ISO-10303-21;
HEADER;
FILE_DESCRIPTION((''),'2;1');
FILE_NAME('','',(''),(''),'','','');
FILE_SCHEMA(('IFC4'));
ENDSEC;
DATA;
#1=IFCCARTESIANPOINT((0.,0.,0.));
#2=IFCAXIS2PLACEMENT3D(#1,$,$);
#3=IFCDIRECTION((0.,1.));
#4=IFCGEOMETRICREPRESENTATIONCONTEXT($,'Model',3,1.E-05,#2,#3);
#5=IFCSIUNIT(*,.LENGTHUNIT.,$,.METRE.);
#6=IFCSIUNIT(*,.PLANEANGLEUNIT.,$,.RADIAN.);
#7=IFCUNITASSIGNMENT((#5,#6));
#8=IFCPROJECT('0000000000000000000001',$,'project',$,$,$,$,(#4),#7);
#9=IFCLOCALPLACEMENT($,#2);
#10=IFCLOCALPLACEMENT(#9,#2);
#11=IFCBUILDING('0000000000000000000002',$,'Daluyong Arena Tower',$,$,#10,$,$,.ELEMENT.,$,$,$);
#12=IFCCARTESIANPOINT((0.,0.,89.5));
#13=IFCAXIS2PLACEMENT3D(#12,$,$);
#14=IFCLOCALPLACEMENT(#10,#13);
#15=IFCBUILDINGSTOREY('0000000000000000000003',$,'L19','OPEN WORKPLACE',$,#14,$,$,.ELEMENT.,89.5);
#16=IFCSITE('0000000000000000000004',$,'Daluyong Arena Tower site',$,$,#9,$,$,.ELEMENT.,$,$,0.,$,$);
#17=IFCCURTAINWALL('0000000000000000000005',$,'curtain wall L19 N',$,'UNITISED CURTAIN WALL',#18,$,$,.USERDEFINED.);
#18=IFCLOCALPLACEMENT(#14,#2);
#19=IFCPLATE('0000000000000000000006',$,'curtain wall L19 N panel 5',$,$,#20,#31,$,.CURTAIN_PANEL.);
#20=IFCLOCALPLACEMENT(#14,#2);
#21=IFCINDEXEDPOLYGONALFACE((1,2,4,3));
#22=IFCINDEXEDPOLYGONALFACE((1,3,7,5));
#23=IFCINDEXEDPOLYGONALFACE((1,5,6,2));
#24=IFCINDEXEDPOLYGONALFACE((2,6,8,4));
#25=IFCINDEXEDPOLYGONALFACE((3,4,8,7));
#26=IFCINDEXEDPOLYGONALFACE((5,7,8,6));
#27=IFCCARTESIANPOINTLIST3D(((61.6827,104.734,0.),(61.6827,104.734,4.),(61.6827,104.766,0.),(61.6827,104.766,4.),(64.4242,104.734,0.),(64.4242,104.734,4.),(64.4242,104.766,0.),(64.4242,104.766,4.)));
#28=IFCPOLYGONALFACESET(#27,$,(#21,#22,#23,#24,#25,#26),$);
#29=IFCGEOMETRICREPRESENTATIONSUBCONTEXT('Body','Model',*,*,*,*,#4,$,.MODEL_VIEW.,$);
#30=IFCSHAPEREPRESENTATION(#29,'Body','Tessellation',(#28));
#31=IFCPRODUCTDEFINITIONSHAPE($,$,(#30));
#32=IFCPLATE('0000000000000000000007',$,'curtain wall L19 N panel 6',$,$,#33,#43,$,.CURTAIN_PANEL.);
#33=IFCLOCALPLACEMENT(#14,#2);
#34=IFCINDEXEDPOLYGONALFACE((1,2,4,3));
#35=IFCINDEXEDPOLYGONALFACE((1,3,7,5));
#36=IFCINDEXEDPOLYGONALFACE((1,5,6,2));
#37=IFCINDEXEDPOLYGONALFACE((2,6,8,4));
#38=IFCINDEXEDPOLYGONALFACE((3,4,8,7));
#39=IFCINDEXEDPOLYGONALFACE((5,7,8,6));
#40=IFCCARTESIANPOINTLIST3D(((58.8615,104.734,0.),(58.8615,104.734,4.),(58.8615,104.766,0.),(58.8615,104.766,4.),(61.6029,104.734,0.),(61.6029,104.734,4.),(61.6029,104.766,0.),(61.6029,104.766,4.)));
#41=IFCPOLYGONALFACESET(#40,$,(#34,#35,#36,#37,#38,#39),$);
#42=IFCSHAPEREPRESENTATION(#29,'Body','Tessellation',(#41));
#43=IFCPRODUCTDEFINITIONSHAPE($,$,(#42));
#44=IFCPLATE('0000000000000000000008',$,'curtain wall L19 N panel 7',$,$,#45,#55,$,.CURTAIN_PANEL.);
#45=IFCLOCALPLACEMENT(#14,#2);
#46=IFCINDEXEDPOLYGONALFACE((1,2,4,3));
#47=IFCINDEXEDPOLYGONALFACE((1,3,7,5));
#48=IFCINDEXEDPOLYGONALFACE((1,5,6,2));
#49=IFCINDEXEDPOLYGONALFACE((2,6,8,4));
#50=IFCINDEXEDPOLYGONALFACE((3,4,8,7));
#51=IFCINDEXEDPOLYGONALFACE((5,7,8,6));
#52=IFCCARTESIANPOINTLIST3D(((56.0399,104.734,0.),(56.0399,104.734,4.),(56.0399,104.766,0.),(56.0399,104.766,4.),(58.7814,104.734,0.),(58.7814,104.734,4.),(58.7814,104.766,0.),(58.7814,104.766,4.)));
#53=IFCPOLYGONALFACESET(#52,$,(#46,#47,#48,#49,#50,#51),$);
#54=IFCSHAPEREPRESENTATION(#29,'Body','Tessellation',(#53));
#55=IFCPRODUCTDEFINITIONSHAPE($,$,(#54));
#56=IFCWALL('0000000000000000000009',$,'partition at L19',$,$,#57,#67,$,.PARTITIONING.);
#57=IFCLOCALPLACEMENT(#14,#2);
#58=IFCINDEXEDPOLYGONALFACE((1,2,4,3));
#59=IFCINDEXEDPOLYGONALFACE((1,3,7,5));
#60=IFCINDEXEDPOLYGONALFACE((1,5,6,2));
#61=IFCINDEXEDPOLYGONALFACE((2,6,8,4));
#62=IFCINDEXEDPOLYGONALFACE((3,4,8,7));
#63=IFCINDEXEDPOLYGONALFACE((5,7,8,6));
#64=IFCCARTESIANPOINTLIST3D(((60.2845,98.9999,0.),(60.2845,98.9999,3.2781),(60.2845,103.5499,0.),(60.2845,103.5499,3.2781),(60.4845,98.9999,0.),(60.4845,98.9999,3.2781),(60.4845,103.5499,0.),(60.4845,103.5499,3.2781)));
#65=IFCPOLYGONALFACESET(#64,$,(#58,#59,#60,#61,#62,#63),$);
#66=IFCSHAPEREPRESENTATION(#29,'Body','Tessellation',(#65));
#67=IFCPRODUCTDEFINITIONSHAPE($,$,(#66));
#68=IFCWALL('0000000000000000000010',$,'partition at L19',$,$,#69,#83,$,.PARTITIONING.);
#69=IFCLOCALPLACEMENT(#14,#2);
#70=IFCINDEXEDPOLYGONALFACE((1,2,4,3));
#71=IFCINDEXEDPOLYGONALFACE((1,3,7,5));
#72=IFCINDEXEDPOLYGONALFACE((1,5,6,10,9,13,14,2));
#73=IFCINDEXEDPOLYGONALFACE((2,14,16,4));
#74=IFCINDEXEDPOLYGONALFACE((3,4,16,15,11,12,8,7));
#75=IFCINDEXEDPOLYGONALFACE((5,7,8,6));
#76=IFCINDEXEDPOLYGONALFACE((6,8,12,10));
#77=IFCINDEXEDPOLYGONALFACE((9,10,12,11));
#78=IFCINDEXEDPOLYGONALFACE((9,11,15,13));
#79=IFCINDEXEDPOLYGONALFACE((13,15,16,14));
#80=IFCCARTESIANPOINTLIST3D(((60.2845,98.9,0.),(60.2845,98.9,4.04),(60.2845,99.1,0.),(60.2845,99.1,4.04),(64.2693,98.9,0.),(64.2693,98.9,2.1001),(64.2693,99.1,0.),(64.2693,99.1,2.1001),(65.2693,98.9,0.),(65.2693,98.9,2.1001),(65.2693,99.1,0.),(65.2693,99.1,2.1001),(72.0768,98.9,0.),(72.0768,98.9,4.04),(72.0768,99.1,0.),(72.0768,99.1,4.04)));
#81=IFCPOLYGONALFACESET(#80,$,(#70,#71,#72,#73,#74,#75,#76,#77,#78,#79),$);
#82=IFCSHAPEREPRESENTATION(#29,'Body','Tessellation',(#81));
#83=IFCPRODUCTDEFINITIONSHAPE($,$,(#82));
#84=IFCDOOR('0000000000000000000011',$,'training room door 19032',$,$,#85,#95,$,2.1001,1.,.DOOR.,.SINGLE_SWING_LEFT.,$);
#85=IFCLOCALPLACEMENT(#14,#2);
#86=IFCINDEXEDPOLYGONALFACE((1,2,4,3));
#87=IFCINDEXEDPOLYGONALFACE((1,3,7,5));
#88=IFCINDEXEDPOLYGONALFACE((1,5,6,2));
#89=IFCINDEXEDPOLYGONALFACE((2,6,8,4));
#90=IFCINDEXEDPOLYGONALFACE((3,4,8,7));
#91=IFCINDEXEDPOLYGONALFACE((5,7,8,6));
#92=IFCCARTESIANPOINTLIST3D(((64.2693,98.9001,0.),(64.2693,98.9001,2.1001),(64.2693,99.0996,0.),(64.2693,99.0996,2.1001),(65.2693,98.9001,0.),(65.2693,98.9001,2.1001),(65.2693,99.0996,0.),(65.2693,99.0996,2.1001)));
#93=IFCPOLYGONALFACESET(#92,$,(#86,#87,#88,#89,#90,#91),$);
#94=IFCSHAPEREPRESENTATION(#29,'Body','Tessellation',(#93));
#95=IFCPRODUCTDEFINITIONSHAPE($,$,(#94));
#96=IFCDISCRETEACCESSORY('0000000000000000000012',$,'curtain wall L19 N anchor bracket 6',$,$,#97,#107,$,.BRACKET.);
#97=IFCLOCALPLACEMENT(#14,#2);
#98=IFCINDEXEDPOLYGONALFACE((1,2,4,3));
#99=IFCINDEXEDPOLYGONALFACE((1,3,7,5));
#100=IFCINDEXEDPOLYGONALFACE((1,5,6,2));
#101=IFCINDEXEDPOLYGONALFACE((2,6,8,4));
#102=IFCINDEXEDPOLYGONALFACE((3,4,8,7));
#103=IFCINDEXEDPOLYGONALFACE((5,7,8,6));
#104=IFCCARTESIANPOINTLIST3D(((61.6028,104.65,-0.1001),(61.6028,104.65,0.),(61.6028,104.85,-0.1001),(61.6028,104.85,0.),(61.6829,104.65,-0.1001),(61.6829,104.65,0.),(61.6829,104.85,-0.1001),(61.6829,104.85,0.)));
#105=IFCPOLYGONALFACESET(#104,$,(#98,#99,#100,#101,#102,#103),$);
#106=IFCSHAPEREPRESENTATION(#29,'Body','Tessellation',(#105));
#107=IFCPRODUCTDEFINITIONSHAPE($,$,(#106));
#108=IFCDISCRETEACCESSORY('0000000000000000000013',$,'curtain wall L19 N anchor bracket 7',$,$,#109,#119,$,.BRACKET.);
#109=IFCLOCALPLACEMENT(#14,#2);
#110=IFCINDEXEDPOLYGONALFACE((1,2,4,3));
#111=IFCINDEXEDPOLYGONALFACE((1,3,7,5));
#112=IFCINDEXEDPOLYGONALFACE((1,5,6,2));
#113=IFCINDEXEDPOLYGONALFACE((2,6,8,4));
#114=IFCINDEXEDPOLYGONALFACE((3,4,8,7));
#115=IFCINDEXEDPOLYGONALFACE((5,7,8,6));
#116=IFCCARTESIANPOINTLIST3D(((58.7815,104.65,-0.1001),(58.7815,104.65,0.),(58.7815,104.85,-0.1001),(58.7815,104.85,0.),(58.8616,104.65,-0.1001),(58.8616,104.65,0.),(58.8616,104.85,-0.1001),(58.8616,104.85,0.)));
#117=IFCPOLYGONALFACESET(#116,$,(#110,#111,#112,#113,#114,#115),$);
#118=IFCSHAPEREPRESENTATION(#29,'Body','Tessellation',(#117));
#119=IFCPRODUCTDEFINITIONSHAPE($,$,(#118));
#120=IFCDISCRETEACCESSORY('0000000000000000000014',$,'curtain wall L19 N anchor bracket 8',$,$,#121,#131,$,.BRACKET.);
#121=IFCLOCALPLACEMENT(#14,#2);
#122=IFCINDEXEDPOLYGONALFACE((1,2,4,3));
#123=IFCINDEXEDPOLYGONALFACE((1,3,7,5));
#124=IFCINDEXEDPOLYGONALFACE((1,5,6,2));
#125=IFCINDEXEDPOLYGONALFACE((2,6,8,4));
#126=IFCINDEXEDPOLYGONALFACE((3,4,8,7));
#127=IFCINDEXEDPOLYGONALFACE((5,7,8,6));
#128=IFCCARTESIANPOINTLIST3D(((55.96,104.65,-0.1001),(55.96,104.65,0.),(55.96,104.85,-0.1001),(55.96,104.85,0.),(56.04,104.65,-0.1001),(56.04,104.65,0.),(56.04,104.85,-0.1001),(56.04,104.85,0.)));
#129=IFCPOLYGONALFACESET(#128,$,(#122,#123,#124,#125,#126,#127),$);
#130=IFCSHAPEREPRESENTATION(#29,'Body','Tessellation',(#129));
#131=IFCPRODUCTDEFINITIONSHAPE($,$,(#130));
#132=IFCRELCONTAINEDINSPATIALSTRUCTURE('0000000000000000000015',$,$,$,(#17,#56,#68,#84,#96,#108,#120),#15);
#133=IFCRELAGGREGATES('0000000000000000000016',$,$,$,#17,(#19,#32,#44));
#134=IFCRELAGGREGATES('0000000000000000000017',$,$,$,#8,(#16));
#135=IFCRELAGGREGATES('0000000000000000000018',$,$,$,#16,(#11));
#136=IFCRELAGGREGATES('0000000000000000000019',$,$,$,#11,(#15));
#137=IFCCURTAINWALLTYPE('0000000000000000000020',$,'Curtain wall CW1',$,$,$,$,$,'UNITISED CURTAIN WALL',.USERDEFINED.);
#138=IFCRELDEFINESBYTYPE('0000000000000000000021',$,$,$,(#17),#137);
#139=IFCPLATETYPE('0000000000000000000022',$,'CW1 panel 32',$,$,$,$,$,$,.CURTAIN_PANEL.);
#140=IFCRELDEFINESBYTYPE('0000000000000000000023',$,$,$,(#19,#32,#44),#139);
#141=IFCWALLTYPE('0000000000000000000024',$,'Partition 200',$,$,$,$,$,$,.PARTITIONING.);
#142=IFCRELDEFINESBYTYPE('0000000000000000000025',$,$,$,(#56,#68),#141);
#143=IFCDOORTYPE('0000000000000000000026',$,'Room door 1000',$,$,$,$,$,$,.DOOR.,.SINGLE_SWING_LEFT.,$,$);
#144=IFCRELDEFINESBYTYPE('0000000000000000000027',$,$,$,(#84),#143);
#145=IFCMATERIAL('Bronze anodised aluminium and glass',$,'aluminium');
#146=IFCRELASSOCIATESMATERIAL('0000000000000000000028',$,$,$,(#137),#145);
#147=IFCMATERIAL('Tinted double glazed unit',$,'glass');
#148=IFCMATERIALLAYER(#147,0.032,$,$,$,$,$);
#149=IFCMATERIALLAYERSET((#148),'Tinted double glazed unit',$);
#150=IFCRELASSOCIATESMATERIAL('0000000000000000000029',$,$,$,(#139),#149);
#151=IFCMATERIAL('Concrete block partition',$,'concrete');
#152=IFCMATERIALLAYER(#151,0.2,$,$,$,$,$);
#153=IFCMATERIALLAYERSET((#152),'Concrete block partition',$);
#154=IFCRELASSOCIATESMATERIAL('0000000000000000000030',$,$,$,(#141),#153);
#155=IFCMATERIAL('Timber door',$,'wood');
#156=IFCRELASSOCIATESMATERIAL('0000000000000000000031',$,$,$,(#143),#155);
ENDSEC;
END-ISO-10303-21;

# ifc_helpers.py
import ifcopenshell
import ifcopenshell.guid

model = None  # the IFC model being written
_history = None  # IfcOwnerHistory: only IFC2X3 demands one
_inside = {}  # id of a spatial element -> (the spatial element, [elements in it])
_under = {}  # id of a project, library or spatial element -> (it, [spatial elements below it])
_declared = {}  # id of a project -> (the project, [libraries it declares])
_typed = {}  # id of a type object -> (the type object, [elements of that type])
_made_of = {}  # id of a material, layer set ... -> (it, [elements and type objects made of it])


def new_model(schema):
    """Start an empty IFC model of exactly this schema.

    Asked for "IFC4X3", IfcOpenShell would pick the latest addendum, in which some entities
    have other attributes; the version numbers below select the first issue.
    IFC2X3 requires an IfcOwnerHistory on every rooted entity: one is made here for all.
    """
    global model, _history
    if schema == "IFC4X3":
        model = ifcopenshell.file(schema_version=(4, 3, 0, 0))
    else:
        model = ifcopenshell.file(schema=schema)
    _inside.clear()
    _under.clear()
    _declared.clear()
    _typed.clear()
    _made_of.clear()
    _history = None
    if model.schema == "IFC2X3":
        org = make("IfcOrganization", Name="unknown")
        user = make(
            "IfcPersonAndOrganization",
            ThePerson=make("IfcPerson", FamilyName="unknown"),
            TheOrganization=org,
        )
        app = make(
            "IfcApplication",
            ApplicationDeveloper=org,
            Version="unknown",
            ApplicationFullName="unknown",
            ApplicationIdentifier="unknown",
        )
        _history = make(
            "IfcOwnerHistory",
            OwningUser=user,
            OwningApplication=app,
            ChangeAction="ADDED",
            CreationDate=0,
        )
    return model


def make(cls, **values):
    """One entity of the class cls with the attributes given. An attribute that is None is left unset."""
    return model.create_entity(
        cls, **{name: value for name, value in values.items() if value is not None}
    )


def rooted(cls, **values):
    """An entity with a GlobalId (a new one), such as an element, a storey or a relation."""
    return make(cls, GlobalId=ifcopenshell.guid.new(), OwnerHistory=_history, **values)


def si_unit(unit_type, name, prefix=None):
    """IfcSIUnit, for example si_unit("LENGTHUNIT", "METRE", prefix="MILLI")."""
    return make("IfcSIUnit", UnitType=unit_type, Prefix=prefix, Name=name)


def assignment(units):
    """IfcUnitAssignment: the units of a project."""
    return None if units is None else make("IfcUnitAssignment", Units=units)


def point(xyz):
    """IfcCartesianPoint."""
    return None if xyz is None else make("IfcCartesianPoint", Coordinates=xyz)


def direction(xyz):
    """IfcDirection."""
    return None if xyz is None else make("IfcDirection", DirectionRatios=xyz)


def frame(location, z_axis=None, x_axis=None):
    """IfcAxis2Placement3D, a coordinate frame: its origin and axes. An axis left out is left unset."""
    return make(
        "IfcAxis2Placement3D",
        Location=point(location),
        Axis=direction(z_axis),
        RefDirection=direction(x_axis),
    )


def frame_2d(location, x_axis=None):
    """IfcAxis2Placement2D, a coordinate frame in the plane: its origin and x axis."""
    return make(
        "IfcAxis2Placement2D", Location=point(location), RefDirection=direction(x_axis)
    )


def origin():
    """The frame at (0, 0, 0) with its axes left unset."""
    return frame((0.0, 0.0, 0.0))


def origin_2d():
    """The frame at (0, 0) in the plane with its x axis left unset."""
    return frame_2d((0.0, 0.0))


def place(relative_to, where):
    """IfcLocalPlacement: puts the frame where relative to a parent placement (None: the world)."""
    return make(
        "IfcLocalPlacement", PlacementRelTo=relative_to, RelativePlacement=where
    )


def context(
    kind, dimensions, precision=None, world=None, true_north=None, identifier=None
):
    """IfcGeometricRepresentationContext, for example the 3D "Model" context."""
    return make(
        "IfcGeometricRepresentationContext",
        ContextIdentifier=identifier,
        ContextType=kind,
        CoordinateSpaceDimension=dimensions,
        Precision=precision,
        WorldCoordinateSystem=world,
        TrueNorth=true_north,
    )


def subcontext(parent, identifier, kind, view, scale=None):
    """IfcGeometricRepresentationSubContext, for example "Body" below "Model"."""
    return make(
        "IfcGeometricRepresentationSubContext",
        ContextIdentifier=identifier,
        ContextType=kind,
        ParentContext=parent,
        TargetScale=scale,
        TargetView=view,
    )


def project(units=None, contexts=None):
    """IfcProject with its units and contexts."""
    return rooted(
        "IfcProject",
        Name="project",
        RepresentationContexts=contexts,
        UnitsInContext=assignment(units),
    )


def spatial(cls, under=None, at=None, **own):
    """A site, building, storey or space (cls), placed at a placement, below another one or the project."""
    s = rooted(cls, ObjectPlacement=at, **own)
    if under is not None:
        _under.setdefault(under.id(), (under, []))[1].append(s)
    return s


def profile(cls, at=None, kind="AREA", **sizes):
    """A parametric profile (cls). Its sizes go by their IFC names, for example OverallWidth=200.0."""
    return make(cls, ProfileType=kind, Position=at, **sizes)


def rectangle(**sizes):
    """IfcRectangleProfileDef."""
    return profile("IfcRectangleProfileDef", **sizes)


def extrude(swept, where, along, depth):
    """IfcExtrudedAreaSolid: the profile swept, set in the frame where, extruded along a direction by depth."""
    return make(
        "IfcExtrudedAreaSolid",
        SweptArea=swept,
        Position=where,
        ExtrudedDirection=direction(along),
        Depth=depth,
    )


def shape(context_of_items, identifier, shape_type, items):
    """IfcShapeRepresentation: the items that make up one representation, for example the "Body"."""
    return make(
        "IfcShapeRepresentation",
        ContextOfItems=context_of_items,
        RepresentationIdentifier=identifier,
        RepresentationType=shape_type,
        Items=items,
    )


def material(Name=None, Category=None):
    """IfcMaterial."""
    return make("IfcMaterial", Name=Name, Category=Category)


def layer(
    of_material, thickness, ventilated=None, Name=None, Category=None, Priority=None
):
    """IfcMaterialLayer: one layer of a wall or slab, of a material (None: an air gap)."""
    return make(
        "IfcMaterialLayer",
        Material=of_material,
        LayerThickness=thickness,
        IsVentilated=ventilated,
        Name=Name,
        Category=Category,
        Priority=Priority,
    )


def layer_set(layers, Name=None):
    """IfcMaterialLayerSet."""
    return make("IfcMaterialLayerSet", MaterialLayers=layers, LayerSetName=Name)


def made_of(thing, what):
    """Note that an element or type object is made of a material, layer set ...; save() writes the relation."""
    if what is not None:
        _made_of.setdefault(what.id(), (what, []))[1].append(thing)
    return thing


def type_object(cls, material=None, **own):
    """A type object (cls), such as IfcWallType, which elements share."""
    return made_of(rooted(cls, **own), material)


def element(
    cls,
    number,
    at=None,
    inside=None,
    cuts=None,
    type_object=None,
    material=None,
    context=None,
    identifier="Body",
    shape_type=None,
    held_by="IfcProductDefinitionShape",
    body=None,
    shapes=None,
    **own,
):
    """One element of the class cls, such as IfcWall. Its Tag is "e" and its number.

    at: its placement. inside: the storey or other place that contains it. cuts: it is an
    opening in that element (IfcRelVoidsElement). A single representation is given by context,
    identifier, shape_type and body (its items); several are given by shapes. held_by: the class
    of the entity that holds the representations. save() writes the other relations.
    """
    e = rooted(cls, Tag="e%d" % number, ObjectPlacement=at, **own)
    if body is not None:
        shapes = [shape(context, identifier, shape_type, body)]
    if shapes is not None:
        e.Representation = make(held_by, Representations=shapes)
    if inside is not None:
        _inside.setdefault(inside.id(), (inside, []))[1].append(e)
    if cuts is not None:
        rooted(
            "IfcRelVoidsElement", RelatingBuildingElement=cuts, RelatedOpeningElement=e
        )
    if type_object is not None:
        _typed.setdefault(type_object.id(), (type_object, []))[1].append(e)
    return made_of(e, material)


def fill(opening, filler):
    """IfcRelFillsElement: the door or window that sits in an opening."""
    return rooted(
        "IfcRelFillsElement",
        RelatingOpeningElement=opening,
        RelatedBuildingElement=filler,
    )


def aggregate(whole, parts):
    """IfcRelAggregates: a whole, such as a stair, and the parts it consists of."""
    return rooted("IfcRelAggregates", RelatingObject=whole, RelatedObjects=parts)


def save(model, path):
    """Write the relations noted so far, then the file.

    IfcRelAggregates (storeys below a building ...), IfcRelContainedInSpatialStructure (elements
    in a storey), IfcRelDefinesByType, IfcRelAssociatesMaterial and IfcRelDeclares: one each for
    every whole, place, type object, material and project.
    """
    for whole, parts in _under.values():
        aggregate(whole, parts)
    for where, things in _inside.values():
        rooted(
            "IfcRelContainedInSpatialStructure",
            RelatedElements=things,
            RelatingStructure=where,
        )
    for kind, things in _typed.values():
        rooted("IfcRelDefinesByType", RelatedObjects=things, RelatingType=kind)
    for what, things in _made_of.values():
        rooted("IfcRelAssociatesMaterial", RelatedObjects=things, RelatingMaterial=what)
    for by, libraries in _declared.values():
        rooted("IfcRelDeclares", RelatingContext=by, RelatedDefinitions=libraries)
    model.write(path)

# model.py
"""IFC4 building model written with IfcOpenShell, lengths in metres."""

from ifc_helpers import new_model, si_unit, direction, frame, frame_2d, origin, origin_2d, place, context, subcontext, project, spatial, rectangle, extrude, material, layer, layer_set, type_object, element, fill, aggregate, save


model = new_model("IFC4")

# Units and contexts
model_context = context("Model", 3, precision=1e-05, world=origin(), true_north=direction((0.0, 1.0)))
body_context = subcontext(model_context, "Body", "Model", "MODEL_VIEW")
ifc_project = project(units=[si_unit("LENGTHUNIT", "METRE"), si_unit("PLANEANGLEUNIT", "RADIAN")], contexts=[model_context])

# Site, building, storey
site_placement = place(None, origin())
site = spatial("IfcSite", under=ifc_project, at=site_placement, Name="Daluyong Arena Tower site", CompositionType="ELEMENT", RefElevation=0.0)
building_placement = place(site_placement, origin())
building = spatial("IfcBuilding", under=site, at=building_placement, Name="Daluyong Arena Tower", CompositionType="ELEMENT")
storey_placement = place(building_placement, frame((0.0, 0.0, 89.5)))
storey = spatial("IfcBuildingStorey", under=building, at=storey_placement, Name="L19", Description="OPEN WORKPLACE", CompositionType="ELEMENT", Elevation=89.5)

# Curtain wall
ifc_material_1 = material(Name="Bronze anodised aluminium and glass", Category="aluminium")
curtain_wall_type = type_object("IfcCurtainWallType", Name="Curtain wall CW1", ElementType="UNITISED CURTAIN WALL", PredefinedType="USERDEFINED", material=ifc_material_1)
curtain_wall_placement = place(storey_placement, origin())
curtain_wall = element("IfcCurtainWall", 1, at=curtain_wall_placement, inside=storey, type_object=curtain_wall_type, Name="curtain wall L19 N", ObjectType="UNITISED CURTAIN WALL", PredefinedType="USERDEFINED")

# Plates
ifc_material_2 = material(Name="Tinted double glazed unit", Category="glass")
ifc_layer_1 = layer(ifc_material_2, 0.032)
ifc_layer_set_1 = layer_set([ifc_layer_1], Name="Tinted double glazed unit")
plate_type = type_object("IfcPlateType", Name="CW1 panel 32", PredefinedType="CURTAIN_PANEL", material=ifc_layer_set_1)
plate_1_placement = place(storey_placement, frame((63.0535, 104.75, 0.0), z_axis=(0.0, 0.0, 1.0), x_axis=(-1.0, 0.0, 0.0)))
plate_1 = element("IfcPlate", 2, at=plate_1_placement, type_object=plate_type, Name="curtain wall L19 N panel 5", PredefinedType="CURTAIN_PANEL", context=body_context, shape_type="SweptSolid", body=[
    extrude(rectangle(XDim=2.7415, YDim=0.032, at=origin_2d()), origin(), (0.0, 0.0, 1.0), 4.0),
])
plate_2_placement = place(storey_placement, frame((60.2322, 104.75, 0.0), z_axis=(0.0, 0.0, 1.0), x_axis=(-1.0, 0.0, 0.0)))
plate_2 = element("IfcPlate", 3, at=plate_2_placement, type_object=plate_type, Name="curtain wall L19 N panel 6", PredefinedType="CURTAIN_PANEL", context=body_context, shape_type="SweptSolid", body=[
    extrude(rectangle(XDim=2.7415, YDim=0.032, at=origin_2d()), origin(), (0.0, 0.0, 1.0), 4.0),
])
plate_3_placement = place(storey_placement, frame((57.4106, 104.75, 0.0), z_axis=(0.0, 0.0, 1.0), x_axis=(-1.0, 0.0, 0.0)))
plate_3 = element("IfcPlate", 4, at=plate_3_placement, type_object=plate_type, Name="curtain wall L19 N panel 7", PredefinedType="CURTAIN_PANEL", context=body_context, shape_type="SweptSolid", body=[
    extrude(rectangle(XDim=2.7415, YDim=0.032, at=origin_2d()), origin(), (0.0, 0.0, 1.0), 4.0),
])
aggregate(curtain_wall, [plate_1, plate_2, plate_3])

# Wall
ifc_material_3 = material(Name="Concrete block partition", Category="concrete")
ifc_layer_2 = layer(ifc_material_3, 0.2)
ifc_layer_set_2 = layer_set([ifc_layer_2], Name="Concrete block partition")
wall_type = type_object("IfcWallType", Name="Partition 200", PredefinedType="PARTITIONING", material=ifc_layer_set_2)
wall_1_placement = place(storey_placement, frame((60.3845, 99.0, 0.0), z_axis=(0.0, 0.0, 1.0), x_axis=(0.0, 1.0, 0.0)))
element("IfcWall", 5, at=wall_1_placement, inside=storey, type_object=wall_type, Name="partition at L19", PredefinedType="PARTITIONING", context=body_context, shape_type="SweptSolid", body=[
    extrude(rectangle(XDim=4.55, YDim=0.2, at=frame_2d((2.2749, 0.0))), origin(), (0.0, 0.0, 1.0), 3.2781),
])

# Wall, opening, door
wall_2_placement = place(storey_placement, frame((60.2847, 99.0, 0.0), z_axis=(0.0, 0.0, 1.0), x_axis=(1.0, 0.0, 0.0)))
wall_2 = element("IfcWall", 6, at=wall_2_placement, inside=storey, type_object=wall_type, Name="partition at L19", PredefinedType="PARTITIONING", context=body_context, shape_type="SweptSolid", body=[
    extrude(rectangle(XDim=11.7922, YDim=0.2, at=frame_2d((5.896, 0.0))), origin(), (0.0, 0.0, 1.0), 4.04),
])
opening_placement = place(wall_2_placement, frame((3.9846, 0.0, 0.0)))
opening = element("IfcOpeningElement", 7, at=opening_placement, cuts=wall_2, PredefinedType="OPENING", context=body_context, shape_type="SweptSolid", body=[
    extrude(rectangle(XDim=1.0, YDim=2.1001, at=frame_2d((0.5, 1.05))), frame((0.0, 0.1099, 0.0), z_axis=(0.0, -1.0, 0.0), x_axis=(1.0, 0.0, 0.0)), (0.0, 0.0, 1.0), 0.22),
])
ifc_material_4 = material(Name="Timber door", Category="wood")
door_type = type_object("IfcDoorType", Name="Room door 1000", OperationType="SINGLE_SWING_LEFT", PredefinedType="DOOR", material=ifc_material_4)
door_placement = place(opening_placement, origin())
door = element("IfcDoor", 8, at=door_placement, inside=storey, type_object=door_type, Name="training room door 19032", OperationType="SINGLE_SWING_LEFT", OverallHeight=2.1001, OverallWidth=1.0, PredefinedType="DOOR", context=body_context, shape_type="SweptSolid", body=[
    extrude(rectangle(XDim=1.0, YDim=2.1001, at=frame_2d((0.5, 1.05))), frame((0.0, 0.0996, 0.0), z_axis=(0.0, -1.0, 0.0), x_axis=(1.0, 0.0, 0.0)), (0.0, 0.0, 1.0), 0.1995),
])
fill(opening, door)

# Discrete accessories
for number, where, z_axis, x_axis, name in (
    (9, (61.6428, 104.75, -0.1001), (0.0, 0.0, 1.0), (-1.0, 0.0, 0.0), "curtain wall L19 N anchor bracket 6"),
    (10, (58.8215, 104.75, -0.1001), (0.0, 0.0, 1.0), (-1.0, 0.0, 0.0), "curtain wall L19 N anchor bracket 7"),
    (11, (56.0, 104.75, -0.1001), (0.0, 0.0, 1.0), (-1.0, 0.0, 0.0), "curtain wall L19 N anchor bracket 8"),
):
    element("IfcDiscreteAccessory", number, at=place(storey_placement, frame(where, z_axis=z_axis, x_axis=x_axis)), inside=storey, Name=name, PredefinedType="BRACKET", context=body_context, shape_type="SweptSolid", body=[
        extrude(rectangle(XDim=0.0801, YDim=0.2, at=origin_2d()), origin(), (0.0, 0.0, 1.0), 0.1001),
    ])

save(model, "model.ifc")
